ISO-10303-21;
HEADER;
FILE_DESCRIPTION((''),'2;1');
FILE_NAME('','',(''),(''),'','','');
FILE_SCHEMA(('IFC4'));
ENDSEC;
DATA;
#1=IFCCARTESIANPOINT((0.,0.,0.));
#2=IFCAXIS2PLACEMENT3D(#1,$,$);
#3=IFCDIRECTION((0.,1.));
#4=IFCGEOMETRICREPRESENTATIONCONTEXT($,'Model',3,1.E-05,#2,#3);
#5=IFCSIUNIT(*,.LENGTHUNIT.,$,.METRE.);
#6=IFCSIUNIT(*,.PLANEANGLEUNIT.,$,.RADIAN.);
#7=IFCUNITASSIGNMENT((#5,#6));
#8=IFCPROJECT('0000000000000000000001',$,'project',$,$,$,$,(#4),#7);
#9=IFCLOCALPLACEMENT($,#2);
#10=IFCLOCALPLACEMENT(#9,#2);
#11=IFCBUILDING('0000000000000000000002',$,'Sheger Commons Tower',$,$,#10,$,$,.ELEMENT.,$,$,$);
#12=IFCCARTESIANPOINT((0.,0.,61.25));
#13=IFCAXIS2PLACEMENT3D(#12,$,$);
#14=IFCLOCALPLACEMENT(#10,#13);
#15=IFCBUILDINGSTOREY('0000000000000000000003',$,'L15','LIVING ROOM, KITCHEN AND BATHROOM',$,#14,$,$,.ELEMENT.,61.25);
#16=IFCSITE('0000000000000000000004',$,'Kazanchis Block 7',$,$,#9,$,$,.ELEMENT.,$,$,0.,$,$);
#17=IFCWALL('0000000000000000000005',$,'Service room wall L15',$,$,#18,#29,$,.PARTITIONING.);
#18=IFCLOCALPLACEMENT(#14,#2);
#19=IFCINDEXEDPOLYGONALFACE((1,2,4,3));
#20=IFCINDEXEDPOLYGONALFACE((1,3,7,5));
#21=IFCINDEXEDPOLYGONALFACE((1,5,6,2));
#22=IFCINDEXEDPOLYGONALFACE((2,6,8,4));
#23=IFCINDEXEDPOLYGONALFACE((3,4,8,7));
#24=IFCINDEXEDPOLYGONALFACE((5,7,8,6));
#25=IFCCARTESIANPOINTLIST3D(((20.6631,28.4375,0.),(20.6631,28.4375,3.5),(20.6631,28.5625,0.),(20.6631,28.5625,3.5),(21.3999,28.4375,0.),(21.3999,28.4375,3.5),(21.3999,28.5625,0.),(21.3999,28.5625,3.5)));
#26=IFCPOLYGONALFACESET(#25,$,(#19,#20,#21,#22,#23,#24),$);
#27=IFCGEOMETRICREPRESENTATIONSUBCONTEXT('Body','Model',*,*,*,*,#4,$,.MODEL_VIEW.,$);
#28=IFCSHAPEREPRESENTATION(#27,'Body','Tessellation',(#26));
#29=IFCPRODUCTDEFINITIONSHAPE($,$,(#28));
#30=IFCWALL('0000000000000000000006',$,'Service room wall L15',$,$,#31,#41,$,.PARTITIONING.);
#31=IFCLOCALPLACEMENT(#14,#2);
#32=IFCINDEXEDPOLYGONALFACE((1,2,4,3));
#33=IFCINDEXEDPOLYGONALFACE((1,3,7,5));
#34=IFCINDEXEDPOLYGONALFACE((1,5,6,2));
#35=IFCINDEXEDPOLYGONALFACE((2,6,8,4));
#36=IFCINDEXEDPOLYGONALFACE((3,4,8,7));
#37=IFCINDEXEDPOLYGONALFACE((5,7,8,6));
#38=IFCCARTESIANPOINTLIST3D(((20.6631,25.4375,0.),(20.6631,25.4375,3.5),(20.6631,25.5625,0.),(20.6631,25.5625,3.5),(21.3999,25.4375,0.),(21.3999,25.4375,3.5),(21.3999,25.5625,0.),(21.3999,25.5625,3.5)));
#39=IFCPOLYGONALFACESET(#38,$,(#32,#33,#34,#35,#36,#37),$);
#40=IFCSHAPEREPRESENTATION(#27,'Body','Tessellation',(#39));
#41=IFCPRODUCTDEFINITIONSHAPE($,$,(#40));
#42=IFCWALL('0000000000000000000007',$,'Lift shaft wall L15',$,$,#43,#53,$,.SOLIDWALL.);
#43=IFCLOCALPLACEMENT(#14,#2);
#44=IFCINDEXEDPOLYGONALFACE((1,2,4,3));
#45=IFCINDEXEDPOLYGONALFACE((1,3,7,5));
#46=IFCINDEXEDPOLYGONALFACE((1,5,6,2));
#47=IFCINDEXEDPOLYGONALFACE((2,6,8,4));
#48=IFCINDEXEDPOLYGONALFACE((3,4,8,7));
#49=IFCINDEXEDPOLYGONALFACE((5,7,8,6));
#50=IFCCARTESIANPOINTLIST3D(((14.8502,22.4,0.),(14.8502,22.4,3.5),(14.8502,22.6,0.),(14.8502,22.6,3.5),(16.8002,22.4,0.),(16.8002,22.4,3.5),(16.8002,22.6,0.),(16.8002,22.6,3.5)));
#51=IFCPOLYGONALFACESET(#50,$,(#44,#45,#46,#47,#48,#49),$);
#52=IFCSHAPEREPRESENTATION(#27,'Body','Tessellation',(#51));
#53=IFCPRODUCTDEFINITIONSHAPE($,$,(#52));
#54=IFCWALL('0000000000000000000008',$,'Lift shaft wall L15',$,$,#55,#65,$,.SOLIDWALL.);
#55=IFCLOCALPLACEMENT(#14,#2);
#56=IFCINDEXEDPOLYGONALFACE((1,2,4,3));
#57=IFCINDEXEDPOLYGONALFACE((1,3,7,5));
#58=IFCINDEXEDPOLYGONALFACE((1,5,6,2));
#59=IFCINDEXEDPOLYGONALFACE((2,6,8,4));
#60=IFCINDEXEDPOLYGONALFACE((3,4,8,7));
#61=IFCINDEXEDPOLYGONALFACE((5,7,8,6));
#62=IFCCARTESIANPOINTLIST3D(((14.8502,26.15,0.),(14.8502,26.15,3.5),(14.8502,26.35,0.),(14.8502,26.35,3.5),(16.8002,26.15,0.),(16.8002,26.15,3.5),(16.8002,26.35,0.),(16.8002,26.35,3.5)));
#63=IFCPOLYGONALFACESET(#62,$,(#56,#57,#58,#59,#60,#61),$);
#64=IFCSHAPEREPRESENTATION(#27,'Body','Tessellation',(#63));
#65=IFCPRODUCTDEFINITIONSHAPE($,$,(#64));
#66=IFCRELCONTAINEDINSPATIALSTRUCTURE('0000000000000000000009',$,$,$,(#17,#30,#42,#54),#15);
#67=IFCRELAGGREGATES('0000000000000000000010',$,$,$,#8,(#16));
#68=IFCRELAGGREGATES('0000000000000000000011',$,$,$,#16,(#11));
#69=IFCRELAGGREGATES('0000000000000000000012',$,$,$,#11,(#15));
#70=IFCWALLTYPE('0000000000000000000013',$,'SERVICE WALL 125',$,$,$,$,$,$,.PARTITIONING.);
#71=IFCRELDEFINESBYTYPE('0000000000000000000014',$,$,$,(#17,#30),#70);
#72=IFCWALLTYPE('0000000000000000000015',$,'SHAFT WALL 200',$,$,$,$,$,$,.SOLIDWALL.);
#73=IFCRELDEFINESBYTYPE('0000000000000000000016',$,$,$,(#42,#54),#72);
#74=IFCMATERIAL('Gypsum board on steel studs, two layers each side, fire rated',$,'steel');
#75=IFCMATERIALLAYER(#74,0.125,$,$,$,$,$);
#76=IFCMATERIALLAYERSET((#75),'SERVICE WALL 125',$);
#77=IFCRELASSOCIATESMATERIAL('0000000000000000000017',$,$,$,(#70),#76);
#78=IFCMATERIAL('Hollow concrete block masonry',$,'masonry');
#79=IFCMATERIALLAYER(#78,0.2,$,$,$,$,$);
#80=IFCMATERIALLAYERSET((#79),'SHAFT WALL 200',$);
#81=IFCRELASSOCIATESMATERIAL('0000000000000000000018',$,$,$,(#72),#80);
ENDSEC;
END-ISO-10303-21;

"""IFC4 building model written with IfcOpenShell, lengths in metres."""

from ifc_helpers import new_model, si_unit, direction, frame, frame_2d, origin, place, context, subcontext, project, spatial, rectangle, extrude, material, layer, layer_set, type_object, element, save


model = new_model("IFC4")

# Units and contexts
model_context = context("Model", 3, precision=1e-05, world=origin(), true_north=direction((0.0, 1.0)))
body_context = subcontext(model_context, "Body", "Model", "MODEL_VIEW")
ifc_project = project(units=[si_unit("LENGTHUNIT", "METRE"), si_unit("PLANEANGLEUNIT", "RADIAN")], contexts=[model_context])

# Site, building, storey
site_placement = place(None, origin())
site = spatial("IfcSite", under=ifc_project, at=site_placement, Name="Kazanchis Block 7", CompositionType="ELEMENT", RefElevation=0.0)
building_placement = place(site_placement, origin())
building = spatial("IfcBuilding", under=site, at=building_placement, Name="Sheger Commons Tower", CompositionType="ELEMENT")
storey_placement = place(building_placement, frame((0.0, 0.0, 61.25)))
storey = spatial("IfcBuildingStorey", under=building, at=storey_placement, Name="L15", Description="LIVING ROOM, KITCHEN AND BATHROOM", CompositionType="ELEMENT", Elevation=61.25)

# Shared definitions
ifc_material_1 = material(Name="Gypsum board on steel studs, two layers each side, fire rated", Category="steel")
ifc_layer_1 = layer(ifc_material_1, 0.125)
ifc_layer_set_1 = layer_set([ifc_layer_1], Name="SERVICE WALL 125")
wall_type_1 = type_object("IfcWallType", Name="SERVICE WALL 125", PredefinedType="PARTITIONING", material=ifc_layer_set_1)

# Walls
for number, where, z_axis, x_axis, name in (
    (1, (20.6631, 28.5, 0.0), (0.0, 0.0, 1.0), (1.0, 0.0, 0.0), "Service room wall L15"),
    (2, (20.6631, 25.5, 0.0), (0.0, 0.0, 1.0), (1.0, 0.0, 0.0), "Service room wall L15"),
):
    element("IfcWall", number, at=place(storey_placement, frame(where, z_axis=z_axis, x_axis=x_axis)), inside=storey, type_object=wall_type_1, Name=name, PredefinedType="PARTITIONING", context=body_context, shape_type="SweptSolid", body=[
        extrude(rectangle(XDim=0.7368, YDim=0.125, at=frame_2d((0.3684, 0.0))), origin(), (0.0, 0.0, 1.0), 3.5),
    ])
ifc_material_2 = material(Name="Hollow concrete block masonry", Category="masonry")
ifc_layer_2 = layer(ifc_material_2, 0.2)
ifc_layer_set_2 = layer_set([ifc_layer_2], Name="SHAFT WALL 200")
wall_type_2 = type_object("IfcWallType", Name="SHAFT WALL 200", PredefinedType="SOLIDWALL", material=ifc_layer_set_2)
for number, where, z_axis, x_axis, name in (
    (3, (14.8501, 22.5, 0.0), (0.0, 0.0, 1.0), (1.0, 0.0, 0.0), "Lift shaft wall L15"),
    (4, (14.8501, 26.25, 0.0), (0.0, 0.0, 1.0), (1.0, 0.0, 0.0), "Lift shaft wall L15"),
):
    element("IfcWall", number, at=place(storey_placement, frame(where, z_axis=z_axis, x_axis=x_axis)), inside=storey, type_object=wall_type_2, Name=name, PredefinedType="SOLIDWALL", context=body_context, shape_type="SweptSolid", body=[
        extrude(rectangle(XDim=1.95, YDim=0.2, at=frame_2d((0.9751, 0.0))), origin(), (0.0, 0.0, 1.0), 3.5),
    ])

save(model, "model.ifc")
